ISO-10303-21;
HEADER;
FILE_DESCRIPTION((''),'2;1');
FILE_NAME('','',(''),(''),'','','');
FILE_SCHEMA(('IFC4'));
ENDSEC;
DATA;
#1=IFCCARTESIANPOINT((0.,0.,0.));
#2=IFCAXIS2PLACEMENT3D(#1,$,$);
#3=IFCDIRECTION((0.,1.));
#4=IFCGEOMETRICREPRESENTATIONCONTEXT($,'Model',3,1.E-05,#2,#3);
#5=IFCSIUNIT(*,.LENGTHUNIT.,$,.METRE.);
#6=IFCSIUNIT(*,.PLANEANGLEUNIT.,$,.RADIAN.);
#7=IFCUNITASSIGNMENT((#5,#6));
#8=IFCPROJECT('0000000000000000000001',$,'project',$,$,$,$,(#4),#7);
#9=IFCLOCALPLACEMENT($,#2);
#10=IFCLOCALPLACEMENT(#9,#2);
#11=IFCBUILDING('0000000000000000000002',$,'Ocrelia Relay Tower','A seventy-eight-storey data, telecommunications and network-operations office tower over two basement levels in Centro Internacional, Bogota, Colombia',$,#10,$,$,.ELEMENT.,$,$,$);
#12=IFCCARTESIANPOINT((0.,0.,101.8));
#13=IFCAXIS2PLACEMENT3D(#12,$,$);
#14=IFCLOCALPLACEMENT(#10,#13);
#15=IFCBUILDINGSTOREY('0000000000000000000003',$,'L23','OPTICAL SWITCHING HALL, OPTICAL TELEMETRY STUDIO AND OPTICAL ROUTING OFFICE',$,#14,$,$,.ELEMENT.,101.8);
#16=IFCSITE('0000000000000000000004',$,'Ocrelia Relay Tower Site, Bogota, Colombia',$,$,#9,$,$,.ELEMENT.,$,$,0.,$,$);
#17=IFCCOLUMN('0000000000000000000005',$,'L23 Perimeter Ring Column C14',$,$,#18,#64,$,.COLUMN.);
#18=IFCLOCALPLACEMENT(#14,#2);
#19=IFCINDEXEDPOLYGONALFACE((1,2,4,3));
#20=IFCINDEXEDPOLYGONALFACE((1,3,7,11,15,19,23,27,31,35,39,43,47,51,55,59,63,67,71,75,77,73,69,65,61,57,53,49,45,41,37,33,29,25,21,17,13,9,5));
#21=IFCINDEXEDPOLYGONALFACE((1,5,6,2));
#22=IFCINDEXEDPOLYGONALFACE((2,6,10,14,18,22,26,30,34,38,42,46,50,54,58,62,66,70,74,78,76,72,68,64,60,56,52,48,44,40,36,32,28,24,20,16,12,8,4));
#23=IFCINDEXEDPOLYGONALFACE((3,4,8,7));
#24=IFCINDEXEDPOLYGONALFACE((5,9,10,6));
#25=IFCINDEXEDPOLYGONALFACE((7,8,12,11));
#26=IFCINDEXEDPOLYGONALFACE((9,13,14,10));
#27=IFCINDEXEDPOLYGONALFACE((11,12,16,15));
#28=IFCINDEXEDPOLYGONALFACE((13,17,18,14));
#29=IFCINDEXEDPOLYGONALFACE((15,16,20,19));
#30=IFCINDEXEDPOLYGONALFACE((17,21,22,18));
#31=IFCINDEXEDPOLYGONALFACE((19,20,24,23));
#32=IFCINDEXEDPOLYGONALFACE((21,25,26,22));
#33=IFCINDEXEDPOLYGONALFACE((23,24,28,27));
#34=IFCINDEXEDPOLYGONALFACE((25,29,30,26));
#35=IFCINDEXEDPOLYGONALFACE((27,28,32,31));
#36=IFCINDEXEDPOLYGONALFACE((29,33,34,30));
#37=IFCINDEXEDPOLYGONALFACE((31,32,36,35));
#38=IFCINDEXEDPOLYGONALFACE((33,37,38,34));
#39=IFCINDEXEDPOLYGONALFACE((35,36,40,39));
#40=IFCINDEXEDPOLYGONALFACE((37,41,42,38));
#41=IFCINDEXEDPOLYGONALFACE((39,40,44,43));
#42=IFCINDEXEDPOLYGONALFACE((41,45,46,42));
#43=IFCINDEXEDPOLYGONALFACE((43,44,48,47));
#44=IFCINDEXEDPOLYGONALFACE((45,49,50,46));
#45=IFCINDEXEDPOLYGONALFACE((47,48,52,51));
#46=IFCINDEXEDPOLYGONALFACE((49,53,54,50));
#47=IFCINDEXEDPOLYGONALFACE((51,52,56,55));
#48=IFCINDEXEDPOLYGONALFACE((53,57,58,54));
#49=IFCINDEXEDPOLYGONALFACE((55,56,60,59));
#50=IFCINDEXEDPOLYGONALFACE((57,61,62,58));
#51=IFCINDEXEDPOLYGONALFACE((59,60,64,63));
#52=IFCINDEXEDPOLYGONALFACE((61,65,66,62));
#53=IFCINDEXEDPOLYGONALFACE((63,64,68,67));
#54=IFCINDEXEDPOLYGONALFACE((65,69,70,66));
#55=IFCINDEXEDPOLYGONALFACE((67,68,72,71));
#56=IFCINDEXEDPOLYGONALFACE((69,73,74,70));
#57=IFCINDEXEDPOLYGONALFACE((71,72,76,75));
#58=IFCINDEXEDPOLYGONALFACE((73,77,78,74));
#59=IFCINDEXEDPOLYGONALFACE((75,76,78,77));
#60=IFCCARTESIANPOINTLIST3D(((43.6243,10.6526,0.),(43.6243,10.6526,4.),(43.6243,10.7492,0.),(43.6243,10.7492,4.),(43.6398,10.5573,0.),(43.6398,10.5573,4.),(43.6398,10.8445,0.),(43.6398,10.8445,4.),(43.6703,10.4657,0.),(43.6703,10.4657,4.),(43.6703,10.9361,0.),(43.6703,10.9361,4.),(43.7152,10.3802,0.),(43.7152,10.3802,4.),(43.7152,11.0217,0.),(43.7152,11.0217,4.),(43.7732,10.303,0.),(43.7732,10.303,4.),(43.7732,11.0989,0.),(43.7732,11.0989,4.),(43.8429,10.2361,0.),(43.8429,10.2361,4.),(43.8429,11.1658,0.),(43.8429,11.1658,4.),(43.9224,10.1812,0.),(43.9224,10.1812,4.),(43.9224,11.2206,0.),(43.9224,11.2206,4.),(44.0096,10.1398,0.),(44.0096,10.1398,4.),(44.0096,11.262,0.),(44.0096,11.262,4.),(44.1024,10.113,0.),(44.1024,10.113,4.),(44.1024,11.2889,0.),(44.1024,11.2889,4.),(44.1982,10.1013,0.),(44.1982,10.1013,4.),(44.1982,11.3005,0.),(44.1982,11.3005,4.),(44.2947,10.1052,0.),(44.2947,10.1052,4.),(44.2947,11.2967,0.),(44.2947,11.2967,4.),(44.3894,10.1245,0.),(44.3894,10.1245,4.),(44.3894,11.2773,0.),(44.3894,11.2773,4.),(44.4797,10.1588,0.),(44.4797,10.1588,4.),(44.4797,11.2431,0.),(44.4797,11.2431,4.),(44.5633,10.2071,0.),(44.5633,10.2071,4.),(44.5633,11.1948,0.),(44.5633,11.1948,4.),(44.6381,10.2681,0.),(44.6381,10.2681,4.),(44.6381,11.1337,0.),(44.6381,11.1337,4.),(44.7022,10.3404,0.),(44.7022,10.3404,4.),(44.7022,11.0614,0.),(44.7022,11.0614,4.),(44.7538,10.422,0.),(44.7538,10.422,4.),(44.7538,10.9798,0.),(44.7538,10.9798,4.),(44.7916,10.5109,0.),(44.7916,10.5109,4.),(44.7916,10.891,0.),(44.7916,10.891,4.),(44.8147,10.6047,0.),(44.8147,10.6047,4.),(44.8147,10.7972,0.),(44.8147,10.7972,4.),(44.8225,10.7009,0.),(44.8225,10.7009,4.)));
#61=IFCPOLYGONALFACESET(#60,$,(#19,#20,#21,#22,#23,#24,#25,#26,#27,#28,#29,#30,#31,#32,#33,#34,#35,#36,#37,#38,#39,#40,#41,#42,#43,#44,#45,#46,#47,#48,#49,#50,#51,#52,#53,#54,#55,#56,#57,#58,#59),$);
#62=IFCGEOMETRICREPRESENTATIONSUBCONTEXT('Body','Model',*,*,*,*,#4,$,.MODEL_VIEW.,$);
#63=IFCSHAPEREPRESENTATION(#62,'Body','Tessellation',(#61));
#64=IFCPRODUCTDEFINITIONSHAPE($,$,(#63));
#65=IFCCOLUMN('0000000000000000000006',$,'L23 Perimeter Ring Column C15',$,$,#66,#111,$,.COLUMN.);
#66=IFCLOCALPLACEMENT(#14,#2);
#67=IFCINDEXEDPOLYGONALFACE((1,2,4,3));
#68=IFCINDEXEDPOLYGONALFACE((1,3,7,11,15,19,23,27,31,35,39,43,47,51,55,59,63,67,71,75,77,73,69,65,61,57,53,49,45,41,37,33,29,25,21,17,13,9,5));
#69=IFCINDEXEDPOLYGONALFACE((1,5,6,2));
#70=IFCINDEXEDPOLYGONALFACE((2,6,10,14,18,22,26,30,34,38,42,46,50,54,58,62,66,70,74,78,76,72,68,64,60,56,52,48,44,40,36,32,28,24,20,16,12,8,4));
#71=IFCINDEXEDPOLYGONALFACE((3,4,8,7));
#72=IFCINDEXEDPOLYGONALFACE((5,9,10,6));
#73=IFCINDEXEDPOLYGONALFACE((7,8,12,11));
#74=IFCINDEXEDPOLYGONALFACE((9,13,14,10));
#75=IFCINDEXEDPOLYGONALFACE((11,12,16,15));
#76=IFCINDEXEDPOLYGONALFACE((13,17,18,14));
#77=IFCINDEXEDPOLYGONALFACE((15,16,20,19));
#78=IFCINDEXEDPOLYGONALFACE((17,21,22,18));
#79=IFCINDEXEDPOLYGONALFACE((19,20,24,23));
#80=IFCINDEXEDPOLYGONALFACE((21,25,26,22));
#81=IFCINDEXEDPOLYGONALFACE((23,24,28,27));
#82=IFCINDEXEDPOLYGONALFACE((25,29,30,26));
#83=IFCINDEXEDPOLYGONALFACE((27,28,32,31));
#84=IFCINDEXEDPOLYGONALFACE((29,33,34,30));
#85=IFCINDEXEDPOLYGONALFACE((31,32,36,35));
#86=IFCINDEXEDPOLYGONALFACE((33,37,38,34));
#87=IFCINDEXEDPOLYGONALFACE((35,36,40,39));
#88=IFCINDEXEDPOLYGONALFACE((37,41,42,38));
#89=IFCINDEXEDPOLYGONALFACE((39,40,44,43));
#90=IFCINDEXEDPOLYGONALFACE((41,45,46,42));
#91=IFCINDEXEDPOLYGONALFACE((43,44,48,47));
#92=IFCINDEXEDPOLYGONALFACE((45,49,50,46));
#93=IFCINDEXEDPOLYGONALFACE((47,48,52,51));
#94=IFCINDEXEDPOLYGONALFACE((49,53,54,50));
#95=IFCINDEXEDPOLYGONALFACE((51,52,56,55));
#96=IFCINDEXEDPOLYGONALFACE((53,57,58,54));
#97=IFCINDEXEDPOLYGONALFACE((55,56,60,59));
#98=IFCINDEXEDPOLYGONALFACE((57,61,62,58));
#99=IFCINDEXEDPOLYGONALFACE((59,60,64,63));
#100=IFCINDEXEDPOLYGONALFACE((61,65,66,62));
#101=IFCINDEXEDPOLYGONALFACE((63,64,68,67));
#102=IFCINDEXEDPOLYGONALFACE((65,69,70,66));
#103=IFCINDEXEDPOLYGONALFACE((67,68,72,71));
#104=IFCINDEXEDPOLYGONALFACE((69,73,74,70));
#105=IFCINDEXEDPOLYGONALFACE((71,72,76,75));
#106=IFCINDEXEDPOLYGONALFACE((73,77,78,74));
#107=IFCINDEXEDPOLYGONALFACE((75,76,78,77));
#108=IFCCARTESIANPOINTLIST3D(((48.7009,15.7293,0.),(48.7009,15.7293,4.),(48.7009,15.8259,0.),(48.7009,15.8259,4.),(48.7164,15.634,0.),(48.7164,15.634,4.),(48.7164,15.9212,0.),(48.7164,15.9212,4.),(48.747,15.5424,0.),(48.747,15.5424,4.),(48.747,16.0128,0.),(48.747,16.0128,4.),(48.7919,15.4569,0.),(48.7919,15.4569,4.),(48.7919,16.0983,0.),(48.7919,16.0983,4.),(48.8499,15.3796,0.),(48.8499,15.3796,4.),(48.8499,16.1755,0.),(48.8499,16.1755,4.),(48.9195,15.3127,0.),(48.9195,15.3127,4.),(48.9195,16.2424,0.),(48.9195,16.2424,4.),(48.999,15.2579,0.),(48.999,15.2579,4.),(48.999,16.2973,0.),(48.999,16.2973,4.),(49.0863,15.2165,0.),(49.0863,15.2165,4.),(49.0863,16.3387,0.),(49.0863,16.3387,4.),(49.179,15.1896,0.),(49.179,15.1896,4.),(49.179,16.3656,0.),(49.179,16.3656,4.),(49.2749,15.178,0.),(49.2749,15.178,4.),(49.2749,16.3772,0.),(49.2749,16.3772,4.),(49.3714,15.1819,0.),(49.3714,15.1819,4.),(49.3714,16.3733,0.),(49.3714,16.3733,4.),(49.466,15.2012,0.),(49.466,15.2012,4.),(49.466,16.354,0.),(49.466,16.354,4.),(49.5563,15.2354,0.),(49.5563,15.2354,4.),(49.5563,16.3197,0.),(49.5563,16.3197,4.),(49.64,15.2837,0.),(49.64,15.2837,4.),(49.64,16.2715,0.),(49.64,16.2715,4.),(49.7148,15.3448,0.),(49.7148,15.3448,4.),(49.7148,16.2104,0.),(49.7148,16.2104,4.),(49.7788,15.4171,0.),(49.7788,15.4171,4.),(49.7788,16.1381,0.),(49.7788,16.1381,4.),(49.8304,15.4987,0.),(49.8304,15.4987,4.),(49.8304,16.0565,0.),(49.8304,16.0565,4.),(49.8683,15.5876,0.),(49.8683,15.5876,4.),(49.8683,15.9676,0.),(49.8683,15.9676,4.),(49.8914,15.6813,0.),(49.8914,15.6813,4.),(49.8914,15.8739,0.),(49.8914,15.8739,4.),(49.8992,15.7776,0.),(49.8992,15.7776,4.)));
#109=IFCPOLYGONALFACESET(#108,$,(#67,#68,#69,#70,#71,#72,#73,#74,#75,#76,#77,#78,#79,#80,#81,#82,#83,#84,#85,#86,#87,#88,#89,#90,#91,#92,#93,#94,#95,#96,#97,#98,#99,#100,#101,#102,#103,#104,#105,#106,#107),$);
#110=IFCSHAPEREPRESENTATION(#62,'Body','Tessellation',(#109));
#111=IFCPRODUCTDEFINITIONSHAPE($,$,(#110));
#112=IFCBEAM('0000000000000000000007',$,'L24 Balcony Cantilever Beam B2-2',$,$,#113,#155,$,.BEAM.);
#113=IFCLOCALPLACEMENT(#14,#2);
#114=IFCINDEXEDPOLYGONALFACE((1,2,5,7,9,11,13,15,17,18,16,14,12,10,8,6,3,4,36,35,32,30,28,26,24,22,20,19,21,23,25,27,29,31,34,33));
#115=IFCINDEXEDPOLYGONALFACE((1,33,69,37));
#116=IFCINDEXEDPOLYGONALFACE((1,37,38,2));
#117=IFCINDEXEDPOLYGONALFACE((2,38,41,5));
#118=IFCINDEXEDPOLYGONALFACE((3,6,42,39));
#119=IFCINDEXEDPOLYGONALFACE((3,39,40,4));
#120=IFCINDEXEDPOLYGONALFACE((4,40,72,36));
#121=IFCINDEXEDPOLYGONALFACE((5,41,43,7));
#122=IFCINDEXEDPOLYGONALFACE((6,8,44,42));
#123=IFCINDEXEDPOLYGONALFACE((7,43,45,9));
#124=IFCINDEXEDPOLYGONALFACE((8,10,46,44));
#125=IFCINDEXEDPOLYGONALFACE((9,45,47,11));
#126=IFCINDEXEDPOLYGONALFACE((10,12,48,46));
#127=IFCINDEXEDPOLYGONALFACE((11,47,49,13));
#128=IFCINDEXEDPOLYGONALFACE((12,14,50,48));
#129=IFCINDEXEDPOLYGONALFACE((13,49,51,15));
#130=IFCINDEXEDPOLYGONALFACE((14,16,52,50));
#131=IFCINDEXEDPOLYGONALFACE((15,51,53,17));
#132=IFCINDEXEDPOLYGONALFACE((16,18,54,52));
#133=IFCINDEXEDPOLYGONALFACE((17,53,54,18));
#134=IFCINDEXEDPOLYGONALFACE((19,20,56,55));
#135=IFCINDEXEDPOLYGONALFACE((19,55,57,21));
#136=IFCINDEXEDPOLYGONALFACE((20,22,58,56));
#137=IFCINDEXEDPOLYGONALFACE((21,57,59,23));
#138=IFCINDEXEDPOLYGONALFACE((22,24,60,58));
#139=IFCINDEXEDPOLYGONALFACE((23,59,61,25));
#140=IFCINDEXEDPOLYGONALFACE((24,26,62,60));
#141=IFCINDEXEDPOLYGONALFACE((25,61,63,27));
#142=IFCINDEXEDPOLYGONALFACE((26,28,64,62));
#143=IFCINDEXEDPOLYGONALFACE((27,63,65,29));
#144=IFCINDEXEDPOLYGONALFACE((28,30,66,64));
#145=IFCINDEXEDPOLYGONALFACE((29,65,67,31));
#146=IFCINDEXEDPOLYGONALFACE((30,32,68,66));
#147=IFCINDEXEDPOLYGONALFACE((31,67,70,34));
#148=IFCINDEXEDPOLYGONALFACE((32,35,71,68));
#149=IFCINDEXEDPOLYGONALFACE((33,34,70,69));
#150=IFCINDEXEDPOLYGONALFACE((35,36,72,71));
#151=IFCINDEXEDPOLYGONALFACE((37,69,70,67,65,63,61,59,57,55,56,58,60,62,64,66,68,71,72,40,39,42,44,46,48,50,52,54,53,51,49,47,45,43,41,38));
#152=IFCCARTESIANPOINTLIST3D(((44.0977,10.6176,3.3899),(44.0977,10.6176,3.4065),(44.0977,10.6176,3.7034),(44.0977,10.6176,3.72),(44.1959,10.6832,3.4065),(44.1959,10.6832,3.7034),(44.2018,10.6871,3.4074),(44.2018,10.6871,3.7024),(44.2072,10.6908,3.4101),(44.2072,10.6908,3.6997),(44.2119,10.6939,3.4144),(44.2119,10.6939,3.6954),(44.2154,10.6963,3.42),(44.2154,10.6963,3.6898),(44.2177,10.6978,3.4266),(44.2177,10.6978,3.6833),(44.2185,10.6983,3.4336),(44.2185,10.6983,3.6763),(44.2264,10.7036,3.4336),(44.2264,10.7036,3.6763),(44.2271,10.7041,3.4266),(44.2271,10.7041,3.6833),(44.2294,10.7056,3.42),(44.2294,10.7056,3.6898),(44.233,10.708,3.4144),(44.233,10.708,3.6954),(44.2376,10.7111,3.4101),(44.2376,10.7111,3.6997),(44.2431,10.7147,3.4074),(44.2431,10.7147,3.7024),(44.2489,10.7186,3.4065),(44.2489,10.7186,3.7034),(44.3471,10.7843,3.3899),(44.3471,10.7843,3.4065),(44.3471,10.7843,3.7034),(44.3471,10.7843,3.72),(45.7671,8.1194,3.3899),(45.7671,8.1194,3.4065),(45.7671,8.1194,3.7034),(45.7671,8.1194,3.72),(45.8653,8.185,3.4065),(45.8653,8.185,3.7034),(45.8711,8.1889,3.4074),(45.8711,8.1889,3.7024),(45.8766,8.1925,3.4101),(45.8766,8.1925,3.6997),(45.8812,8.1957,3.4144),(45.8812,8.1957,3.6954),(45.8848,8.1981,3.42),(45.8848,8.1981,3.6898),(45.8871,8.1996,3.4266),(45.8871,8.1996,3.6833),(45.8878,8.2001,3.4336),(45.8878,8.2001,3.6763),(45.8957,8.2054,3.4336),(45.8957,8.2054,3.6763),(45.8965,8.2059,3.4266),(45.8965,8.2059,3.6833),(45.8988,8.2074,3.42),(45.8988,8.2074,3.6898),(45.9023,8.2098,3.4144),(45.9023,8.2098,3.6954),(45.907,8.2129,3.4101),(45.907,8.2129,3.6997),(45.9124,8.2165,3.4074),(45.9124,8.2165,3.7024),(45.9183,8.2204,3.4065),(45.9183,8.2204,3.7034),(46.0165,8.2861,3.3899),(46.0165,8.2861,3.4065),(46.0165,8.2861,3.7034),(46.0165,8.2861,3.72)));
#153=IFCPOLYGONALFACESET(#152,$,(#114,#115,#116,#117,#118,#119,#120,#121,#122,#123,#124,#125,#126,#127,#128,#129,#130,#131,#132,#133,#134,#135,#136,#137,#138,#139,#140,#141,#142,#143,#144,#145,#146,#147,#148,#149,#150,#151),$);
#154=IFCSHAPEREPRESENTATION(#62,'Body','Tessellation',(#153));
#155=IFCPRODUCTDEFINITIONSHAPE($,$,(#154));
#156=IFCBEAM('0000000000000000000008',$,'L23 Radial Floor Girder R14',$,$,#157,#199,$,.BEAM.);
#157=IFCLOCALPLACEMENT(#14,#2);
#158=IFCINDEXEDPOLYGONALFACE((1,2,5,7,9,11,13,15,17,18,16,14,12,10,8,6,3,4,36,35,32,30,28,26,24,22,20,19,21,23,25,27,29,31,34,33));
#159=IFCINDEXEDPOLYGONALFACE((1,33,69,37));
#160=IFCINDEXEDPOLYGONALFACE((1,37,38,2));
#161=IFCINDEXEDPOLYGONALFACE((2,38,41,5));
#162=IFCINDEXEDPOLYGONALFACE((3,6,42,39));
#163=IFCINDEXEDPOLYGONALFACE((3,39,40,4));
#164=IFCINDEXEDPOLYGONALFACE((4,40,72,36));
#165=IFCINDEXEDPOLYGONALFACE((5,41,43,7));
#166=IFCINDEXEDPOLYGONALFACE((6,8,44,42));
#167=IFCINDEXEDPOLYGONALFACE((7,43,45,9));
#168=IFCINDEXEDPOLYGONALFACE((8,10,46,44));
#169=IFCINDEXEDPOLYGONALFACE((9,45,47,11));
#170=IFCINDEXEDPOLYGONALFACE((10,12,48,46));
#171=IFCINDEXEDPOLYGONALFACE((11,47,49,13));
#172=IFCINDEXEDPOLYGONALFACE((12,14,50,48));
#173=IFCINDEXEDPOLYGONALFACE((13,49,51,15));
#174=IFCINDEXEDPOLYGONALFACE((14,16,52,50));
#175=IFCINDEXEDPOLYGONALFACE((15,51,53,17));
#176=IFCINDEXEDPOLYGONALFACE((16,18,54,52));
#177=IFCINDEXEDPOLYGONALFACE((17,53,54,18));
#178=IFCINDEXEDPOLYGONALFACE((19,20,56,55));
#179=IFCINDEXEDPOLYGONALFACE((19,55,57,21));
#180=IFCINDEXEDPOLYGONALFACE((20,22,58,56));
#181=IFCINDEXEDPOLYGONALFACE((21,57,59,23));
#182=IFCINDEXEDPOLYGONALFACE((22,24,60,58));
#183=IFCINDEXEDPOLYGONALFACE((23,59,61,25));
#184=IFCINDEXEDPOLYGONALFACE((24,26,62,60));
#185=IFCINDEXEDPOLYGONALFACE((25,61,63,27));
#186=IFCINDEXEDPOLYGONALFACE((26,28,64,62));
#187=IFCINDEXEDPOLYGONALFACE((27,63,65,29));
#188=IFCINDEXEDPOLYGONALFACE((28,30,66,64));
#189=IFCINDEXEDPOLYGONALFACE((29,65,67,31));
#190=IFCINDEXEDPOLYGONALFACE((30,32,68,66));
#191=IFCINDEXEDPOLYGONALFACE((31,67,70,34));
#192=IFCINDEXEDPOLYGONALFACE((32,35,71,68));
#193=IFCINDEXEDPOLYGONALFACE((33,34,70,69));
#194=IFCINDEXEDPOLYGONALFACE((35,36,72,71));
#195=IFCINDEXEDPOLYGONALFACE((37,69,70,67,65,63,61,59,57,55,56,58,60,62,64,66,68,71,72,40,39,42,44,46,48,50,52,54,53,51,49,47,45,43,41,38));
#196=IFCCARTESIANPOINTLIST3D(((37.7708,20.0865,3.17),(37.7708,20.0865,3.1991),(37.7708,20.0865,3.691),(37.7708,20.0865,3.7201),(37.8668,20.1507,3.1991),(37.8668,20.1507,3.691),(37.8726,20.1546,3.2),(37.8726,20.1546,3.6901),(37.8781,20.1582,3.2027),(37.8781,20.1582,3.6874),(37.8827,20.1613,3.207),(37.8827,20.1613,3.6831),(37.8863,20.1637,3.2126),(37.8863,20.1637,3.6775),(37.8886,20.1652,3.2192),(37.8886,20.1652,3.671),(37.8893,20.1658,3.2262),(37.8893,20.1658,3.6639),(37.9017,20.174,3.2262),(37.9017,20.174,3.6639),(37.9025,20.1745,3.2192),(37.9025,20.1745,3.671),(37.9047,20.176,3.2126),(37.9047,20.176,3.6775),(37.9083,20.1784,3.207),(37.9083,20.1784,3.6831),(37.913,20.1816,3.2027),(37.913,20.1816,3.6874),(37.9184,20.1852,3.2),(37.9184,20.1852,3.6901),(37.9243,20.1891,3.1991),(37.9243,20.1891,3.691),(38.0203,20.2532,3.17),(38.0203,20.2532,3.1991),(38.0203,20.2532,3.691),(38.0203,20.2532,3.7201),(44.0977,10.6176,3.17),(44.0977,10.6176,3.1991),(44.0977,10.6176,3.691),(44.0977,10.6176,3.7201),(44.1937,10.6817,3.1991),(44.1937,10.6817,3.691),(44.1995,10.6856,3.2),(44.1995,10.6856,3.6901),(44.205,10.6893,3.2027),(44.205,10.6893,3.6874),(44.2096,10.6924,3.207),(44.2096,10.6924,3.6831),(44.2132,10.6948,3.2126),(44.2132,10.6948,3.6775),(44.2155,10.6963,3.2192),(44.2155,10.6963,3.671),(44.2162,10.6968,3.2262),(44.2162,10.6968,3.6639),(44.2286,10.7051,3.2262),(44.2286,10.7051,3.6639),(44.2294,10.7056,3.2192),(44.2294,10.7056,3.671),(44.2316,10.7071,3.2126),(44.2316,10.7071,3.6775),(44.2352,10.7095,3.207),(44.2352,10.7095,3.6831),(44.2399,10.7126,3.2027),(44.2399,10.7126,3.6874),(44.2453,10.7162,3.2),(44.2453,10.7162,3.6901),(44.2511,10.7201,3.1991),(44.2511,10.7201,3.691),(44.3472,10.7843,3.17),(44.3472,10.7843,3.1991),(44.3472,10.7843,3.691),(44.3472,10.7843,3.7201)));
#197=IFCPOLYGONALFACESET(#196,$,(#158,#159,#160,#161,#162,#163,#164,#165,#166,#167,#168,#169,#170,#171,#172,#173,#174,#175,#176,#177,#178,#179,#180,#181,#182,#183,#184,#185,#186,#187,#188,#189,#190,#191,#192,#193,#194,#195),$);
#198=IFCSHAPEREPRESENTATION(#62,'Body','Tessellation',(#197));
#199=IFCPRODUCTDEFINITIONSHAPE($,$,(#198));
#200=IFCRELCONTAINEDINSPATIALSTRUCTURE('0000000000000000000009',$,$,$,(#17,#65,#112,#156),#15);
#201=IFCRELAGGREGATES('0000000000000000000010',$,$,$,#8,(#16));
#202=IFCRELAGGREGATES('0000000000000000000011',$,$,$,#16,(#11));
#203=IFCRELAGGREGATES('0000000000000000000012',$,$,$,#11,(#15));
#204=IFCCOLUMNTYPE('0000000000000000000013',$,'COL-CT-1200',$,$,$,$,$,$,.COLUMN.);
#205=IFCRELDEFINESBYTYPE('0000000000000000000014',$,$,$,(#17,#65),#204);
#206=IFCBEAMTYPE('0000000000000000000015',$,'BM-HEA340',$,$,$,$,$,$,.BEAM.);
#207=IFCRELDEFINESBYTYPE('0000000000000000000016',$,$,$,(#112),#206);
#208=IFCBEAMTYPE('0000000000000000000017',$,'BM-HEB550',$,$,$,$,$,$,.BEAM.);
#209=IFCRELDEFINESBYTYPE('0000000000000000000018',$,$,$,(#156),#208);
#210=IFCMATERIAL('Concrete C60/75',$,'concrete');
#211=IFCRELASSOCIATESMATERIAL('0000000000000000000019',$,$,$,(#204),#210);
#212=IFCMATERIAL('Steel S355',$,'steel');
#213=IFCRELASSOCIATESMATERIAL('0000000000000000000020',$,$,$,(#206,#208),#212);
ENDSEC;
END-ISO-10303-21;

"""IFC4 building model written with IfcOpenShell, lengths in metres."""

from ifc_helpers import new_model, si_unit, direction, frame, origin, origin_2d, place, context, subcontext, project, spatial, circle, i_section, extrude, material, material_profile, profile_set, type_object, element, save


model = new_model("IFC4")

# Units and contexts
model_context = context("Model", 3, precision=1e-05, world=origin(), true_north=direction((0.0, 1.0)))
body_context = subcontext(model_context, "Body", "Model", "MODEL_VIEW")
ifc_project = project(units=[si_unit("LENGTHUNIT", "METRE"), si_unit("PLANEANGLEUNIT", "RADIAN")], contexts=[model_context])

# Site, building, storey
site_placement = place(None, origin())
site = spatial("IfcSite", under=ifc_project, at=site_placement, Name="Ocrelia Relay Tower Site, Bogota, Colombia", CompositionType="ELEMENT", RefElevation=0.0)
building_placement = place(site_placement, origin())
building = spatial("IfcBuilding", under=site, at=building_placement, Name="Ocrelia Relay Tower", Description="A seventy-eight-storey data, telecommunications and network-operations office tower over two basement levels in Centro Internacional, Bogota, Colombia", CompositionType="ELEMENT")
storey_placement = place(building_placement, frame((0.0, 0.0, 101.8)))
storey = spatial("IfcBuildingStorey", under=building, at=storey_placement, Name="L23", Description="OPTICAL SWITCHING HALL, OPTICAL TELEMETRY STUDIO AND OPTICAL ROUTING OFFICE", CompositionType="ELEMENT", Elevation=101.8)

# Columns
ifc_material_1 = material(Name="Concrete C60/75", Category="concrete")
ifc_material_profile_1 = material_profile(ifc_material_1, circle(Radius=0.6001, at=origin_2d()), Name="RC-CIR-1200")
ifc_profile_set_1 = profile_set([ifc_material_profile_1], Name="Concrete C60/75")
column_type = type_object("IfcColumnType", Name="COL-CT-1200", PredefinedType="COLUMN", material=ifc_profile_set_1)
for number, where, z_axis, x_axis, name in (
    (1, (44.2224, 10.7009, 0.0), (0.0, 0.0, 1.0), (1.0, 0.0, 0.0), "L23 Perimeter Ring Column C14"),
    (2, (49.2991, 15.7776, 0.0), (0.0, 0.0, 1.0), (1.0, 0.0, 0.0), "L23 Perimeter Ring Column C15"),
):
    element("IfcColumn", number, at=place(storey_placement, frame(where, z_axis=z_axis, x_axis=x_axis)), inside=storey, type_object=column_type, Name=name, PredefinedType="COLUMN", context=body_context, shape_type="SweptSolid", body=[
        extrude(circle(Radius=0.6001, at=origin_2d()), origin(), (0.0, 0.0, 1.0), 4.0),
    ])

# Beams
ifc_material_2 = material(Name="Steel S355", Category="steel")
ifc_material_profile_2 = material_profile(ifc_material_2, i_section(OverallWidth=0.3, OverallDepth=0.3301, WebThickness=0.0095, FlangeThickness=0.0166, FilletRadius=0.0271, at=origin_2d()), Name="HEA 340")
ifc_profile_set_2 = profile_set([ifc_material_profile_2], Name="Steel S355")
beam_type_1 = type_object("IfcBeamType", Name="BM-HEA340", PredefinedType="BEAM", material=ifc_profile_set_2)
beam_1_placement = place(storey_placement, frame((44.2224, 10.7009, 3.5549), z_axis=(0.5556, -0.83145, 0.0), x_axis=(0.83145, 0.5556, 0.0)))
element("IfcBeam", 3, at=beam_1_placement, inside=storey, type_object=beam_type_1, Name="L24 Balcony Cantilever Beam B2-2", PredefinedType="BEAM", context=body_context, shape_type="SweptSolid", body=[
    extrude(i_section(OverallWidth=0.3, OverallDepth=0.3301, WebThickness=0.0095, FlangeThickness=0.0166, FilletRadius=0.0271, at=origin_2d()), origin(), (0.0, 0.0, 1.0), 3.0046),
])
ifc_material_profile_3 = material_profile(ifc_material_2, i_section(OverallWidth=0.3, OverallDepth=0.55, WebThickness=0.0149, FlangeThickness=0.0291, FilletRadius=0.0271, at=origin_2d()), Name="HEB 550")
ifc_profile_set_3 = profile_set([ifc_material_profile_3], Name="Steel S355")
beam_type_2 = type_object("IfcBeamType", Name="BM-HEB550", PredefinedType="BEAM", material=ifc_profile_set_3)
beam_2_placement = place(storey_placement, frame((44.2224, 10.7009, 3.4451), z_axis=(-0.555566, 0.831473, 0.0), x_axis=(-0.831473, -0.555566, 0.0)))
element("IfcBeam", 4, at=beam_2_placement, inside=storey, type_object=beam_type_2, Name="L23 Radial Floor Girder R14", PredefinedType="BEAM", context=body_context, shape_type="SweptSolid", body=[
    extrude(i_section(OverallWidth=0.3, OverallDepth=0.55, WebThickness=0.0149, FlangeThickness=0.0291, FilletRadius=0.0271, at=origin_2d()), origin(), (0.0, 0.0, 1.0), 11.3882),
])

save(model, "model.ifc")
